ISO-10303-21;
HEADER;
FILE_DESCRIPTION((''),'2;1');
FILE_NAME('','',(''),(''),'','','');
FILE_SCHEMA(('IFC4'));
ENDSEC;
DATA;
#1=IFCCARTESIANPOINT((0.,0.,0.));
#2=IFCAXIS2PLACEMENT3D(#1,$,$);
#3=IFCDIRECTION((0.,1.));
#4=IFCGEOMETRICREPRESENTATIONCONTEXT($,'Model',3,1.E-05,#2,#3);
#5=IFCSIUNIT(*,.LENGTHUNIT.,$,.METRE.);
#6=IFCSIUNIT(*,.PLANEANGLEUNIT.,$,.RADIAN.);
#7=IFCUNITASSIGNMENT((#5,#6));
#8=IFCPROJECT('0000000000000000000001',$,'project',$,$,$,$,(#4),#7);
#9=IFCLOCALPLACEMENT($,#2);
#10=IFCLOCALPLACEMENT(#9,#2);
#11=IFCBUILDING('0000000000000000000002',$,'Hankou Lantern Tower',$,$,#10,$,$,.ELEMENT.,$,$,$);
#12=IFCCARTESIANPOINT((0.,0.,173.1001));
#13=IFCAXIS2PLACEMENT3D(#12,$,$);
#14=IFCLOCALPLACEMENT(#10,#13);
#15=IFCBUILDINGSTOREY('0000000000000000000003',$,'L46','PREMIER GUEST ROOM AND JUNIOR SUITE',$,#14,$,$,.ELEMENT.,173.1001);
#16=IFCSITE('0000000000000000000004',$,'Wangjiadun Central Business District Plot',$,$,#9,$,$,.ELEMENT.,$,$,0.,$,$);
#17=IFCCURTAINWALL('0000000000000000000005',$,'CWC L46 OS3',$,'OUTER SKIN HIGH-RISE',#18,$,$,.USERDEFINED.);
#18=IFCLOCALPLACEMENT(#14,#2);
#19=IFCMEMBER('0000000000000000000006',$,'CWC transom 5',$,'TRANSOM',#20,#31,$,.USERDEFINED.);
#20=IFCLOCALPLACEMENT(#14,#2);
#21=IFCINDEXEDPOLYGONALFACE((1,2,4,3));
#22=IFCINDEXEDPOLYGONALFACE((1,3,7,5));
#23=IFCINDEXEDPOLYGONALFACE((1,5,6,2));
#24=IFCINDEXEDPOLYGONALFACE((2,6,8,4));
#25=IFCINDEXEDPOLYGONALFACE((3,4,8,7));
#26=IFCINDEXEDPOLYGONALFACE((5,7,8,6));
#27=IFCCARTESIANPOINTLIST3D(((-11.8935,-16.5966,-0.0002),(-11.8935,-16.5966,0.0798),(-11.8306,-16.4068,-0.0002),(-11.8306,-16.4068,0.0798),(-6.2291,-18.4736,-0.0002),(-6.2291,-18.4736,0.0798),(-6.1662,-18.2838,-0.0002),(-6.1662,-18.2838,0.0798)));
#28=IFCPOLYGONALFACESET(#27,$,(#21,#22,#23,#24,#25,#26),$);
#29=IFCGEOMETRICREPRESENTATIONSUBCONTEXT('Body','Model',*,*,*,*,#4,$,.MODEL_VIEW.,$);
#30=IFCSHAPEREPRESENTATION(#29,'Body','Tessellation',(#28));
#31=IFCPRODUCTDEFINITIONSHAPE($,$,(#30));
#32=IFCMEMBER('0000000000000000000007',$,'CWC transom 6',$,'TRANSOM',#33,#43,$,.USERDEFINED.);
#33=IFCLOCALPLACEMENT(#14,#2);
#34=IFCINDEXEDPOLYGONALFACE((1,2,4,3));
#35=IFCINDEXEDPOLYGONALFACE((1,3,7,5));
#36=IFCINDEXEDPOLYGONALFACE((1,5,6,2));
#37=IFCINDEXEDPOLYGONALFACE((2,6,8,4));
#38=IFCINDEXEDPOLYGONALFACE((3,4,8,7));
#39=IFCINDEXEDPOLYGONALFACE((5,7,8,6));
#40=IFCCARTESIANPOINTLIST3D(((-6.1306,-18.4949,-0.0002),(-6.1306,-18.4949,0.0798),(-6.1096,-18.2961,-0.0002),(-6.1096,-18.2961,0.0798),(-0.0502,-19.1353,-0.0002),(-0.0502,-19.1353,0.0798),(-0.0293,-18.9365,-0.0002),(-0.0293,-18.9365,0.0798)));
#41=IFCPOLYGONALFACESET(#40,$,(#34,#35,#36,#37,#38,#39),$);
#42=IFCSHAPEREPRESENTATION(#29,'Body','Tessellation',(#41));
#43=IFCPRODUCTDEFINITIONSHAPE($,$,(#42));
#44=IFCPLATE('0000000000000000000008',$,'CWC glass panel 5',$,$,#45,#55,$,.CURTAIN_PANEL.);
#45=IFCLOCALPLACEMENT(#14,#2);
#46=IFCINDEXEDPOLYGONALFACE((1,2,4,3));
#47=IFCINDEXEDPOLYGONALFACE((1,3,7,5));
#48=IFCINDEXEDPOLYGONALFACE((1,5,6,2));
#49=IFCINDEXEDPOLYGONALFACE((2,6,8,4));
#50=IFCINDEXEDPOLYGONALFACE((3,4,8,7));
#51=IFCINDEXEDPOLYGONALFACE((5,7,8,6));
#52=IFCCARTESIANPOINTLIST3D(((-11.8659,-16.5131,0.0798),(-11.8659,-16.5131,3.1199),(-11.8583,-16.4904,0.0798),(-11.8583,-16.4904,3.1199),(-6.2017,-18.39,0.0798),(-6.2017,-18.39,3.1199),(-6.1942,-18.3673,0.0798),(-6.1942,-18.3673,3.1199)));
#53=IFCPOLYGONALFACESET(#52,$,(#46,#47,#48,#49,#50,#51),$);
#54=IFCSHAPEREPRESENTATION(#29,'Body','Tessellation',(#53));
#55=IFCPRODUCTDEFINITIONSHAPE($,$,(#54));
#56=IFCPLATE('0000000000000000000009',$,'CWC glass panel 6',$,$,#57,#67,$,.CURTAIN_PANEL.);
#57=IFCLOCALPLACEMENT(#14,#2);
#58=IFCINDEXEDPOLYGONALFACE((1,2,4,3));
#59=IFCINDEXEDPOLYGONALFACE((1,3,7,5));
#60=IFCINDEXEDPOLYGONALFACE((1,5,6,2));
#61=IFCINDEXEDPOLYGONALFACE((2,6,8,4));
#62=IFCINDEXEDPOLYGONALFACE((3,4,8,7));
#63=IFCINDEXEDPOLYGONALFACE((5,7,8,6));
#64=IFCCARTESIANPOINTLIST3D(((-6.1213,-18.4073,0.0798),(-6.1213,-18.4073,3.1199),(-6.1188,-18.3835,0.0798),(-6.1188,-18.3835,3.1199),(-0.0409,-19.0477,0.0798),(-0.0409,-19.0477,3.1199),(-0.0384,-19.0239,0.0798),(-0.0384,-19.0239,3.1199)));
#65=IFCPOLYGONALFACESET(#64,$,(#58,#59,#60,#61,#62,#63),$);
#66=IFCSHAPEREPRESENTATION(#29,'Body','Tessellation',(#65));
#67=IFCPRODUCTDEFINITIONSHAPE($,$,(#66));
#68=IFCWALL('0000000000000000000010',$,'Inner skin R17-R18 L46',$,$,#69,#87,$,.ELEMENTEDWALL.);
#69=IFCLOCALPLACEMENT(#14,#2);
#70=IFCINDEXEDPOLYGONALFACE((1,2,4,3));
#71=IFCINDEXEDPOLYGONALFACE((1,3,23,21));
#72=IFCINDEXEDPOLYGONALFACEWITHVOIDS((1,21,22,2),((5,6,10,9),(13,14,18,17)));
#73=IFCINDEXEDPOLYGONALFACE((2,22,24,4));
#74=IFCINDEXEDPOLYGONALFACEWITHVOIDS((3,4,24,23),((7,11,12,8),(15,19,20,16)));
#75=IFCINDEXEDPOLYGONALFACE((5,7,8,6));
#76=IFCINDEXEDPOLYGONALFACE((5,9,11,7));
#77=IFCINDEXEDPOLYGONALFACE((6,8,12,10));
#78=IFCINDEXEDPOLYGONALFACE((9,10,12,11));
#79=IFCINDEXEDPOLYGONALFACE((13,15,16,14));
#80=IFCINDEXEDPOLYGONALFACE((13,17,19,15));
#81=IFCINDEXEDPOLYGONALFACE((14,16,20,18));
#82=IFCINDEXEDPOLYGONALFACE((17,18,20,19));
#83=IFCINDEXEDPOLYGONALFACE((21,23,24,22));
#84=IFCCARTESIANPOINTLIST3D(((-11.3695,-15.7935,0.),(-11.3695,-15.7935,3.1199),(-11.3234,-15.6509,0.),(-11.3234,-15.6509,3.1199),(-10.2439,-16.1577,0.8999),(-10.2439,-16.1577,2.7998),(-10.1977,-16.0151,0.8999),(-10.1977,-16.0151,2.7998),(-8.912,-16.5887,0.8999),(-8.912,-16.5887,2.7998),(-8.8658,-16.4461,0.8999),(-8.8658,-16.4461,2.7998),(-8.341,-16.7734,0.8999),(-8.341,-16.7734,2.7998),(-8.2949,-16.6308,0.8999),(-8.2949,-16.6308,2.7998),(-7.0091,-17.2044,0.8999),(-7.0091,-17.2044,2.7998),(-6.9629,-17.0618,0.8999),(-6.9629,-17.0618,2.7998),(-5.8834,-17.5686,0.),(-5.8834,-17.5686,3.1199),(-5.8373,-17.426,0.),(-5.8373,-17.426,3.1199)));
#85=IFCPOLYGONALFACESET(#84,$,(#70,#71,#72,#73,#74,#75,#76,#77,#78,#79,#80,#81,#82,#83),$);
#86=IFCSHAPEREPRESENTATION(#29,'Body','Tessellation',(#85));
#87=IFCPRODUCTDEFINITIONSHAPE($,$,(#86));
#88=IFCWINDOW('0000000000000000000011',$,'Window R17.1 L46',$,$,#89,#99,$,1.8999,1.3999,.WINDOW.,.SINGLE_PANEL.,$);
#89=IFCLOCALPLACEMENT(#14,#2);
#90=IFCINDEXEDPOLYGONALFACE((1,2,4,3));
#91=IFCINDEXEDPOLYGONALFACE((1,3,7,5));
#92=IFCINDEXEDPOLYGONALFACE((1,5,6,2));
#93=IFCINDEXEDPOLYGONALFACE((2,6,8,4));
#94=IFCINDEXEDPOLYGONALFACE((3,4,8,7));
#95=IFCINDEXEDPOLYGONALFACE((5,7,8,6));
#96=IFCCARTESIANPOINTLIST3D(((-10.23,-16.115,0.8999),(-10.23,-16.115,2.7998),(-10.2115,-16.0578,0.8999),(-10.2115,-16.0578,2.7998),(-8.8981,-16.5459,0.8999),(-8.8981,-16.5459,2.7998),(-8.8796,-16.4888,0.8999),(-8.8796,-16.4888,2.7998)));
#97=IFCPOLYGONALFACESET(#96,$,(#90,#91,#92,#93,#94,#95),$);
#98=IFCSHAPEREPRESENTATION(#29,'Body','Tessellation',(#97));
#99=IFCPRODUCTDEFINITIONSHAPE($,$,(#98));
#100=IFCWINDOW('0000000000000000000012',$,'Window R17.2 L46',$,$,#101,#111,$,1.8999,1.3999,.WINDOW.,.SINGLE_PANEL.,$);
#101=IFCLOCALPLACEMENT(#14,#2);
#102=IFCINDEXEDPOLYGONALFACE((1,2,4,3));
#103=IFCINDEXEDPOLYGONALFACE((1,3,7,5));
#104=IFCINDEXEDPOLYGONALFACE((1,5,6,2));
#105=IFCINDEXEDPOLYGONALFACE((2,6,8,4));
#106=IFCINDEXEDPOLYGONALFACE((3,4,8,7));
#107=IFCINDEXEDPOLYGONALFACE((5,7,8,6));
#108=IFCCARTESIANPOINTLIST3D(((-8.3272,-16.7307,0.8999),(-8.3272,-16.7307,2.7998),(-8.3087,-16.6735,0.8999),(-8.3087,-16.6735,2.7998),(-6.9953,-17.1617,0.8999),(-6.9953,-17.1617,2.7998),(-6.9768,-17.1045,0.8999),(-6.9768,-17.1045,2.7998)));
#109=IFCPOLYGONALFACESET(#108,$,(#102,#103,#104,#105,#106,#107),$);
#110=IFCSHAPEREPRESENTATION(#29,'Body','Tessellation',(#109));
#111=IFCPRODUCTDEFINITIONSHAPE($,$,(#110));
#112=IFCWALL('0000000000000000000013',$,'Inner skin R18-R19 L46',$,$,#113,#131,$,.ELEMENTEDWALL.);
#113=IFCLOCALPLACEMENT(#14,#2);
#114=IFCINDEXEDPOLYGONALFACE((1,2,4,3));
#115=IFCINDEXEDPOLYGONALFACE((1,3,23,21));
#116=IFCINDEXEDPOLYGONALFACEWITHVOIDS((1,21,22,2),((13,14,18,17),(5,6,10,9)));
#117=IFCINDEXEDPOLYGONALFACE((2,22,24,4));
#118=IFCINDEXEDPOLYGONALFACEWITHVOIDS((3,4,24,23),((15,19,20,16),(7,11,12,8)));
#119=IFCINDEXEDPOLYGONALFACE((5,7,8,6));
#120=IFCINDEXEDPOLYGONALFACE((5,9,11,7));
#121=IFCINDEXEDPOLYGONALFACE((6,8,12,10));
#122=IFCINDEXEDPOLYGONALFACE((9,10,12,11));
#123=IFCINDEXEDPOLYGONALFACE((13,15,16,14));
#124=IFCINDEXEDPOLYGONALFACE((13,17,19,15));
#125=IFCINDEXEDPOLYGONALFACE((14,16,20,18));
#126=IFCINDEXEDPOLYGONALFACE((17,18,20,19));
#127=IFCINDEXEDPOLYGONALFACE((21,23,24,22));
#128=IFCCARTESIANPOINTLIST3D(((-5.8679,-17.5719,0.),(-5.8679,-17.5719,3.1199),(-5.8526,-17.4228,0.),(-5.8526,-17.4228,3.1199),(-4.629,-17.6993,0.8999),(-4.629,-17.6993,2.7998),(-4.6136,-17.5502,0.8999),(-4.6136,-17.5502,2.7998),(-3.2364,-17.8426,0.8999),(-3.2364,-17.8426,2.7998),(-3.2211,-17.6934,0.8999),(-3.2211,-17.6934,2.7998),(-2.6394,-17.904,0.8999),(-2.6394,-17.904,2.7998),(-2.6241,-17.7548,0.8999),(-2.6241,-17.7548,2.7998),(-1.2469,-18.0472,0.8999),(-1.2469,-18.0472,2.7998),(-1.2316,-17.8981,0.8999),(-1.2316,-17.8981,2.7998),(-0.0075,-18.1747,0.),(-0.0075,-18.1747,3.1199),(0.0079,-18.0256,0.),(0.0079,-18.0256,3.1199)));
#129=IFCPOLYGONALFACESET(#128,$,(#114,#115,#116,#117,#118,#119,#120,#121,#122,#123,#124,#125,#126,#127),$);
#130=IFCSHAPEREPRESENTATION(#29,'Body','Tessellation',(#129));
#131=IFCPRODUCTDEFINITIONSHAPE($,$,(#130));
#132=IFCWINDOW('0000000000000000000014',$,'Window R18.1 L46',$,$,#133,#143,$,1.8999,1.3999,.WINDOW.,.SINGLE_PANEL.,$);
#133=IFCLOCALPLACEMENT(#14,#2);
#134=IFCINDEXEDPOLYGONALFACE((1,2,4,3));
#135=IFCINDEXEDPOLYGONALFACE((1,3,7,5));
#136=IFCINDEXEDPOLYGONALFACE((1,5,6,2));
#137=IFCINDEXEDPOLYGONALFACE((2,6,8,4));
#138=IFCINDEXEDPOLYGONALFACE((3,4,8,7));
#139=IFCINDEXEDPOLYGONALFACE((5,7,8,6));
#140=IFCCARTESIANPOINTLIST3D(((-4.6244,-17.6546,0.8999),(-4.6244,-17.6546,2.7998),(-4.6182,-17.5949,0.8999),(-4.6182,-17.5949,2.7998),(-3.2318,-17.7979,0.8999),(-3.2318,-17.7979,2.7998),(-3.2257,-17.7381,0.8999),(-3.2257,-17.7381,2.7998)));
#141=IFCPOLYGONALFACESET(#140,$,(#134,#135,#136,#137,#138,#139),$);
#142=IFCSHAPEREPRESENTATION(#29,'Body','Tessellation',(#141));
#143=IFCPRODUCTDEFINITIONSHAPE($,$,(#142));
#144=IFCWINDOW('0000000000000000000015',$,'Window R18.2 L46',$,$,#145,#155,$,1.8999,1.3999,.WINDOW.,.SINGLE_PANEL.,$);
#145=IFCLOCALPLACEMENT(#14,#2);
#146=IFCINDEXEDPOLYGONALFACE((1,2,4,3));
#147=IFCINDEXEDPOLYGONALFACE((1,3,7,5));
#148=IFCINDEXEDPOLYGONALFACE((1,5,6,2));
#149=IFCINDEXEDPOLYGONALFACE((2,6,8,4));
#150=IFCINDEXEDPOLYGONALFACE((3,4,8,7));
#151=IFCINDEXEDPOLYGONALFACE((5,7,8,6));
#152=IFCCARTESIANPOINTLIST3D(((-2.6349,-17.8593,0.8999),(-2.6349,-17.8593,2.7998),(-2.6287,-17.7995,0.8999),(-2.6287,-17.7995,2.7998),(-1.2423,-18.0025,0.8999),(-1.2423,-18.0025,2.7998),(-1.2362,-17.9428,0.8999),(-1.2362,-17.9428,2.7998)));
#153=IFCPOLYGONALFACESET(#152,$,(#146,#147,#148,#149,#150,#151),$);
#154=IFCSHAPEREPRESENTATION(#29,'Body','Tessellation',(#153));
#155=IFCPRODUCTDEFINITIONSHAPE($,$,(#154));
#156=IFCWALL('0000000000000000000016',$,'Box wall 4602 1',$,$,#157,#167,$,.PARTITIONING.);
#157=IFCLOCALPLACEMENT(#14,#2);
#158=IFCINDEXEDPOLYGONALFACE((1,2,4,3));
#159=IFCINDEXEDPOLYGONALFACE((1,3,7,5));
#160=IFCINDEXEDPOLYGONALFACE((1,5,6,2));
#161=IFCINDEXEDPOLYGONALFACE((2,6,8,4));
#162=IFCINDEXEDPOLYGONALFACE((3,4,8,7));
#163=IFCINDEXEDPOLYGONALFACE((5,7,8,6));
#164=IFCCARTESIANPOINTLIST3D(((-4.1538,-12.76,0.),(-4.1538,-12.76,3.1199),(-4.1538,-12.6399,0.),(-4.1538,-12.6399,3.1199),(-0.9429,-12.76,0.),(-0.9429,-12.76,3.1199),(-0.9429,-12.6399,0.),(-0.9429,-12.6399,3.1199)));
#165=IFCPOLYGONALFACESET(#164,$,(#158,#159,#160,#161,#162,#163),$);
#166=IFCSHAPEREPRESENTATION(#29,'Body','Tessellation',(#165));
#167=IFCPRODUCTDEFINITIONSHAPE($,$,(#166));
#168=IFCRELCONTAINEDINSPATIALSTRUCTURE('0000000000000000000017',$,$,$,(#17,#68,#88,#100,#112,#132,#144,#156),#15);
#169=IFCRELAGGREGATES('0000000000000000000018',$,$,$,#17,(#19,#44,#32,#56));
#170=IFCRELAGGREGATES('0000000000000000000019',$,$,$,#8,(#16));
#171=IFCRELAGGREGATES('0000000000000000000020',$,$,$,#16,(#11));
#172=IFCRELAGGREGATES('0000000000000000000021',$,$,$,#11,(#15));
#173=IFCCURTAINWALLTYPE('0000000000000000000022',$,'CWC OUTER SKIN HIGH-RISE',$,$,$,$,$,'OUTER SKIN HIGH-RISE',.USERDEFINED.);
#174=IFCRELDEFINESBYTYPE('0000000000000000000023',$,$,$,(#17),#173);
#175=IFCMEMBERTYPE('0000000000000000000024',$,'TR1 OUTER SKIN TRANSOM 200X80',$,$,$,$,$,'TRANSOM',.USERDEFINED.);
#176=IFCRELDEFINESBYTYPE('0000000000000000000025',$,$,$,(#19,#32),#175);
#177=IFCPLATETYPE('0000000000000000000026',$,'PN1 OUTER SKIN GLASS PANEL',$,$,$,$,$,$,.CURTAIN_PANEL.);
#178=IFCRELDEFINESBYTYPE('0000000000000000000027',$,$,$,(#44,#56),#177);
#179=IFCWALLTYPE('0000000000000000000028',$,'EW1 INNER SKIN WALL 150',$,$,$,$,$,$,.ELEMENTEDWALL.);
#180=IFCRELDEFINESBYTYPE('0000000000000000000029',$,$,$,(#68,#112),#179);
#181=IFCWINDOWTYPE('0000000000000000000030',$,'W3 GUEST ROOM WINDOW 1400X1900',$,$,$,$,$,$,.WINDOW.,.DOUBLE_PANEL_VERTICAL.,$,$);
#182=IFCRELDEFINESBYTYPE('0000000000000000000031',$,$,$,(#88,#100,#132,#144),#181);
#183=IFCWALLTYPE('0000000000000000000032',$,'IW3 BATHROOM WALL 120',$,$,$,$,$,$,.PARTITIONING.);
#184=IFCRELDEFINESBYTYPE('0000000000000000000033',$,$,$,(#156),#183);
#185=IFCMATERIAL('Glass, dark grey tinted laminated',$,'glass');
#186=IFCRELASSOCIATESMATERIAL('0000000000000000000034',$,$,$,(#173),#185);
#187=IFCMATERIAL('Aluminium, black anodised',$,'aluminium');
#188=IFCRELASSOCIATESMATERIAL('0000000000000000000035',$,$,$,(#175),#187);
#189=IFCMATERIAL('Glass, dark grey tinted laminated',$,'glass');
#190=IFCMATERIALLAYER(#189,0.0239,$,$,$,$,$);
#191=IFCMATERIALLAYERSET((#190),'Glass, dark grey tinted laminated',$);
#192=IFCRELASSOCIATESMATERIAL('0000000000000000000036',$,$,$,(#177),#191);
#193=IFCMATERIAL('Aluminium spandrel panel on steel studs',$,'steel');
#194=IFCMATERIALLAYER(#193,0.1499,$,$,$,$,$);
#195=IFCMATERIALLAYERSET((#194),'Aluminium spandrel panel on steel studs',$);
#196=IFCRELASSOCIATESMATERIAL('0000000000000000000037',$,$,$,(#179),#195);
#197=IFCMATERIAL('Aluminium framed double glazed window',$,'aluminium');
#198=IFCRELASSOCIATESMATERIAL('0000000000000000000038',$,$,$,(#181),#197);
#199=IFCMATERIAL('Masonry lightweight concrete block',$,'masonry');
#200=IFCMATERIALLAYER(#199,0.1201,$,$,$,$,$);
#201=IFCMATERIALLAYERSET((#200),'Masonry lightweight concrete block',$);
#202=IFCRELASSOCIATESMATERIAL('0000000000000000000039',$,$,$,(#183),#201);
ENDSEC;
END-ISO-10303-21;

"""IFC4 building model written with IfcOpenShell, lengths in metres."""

from ifc_helpers import new_model, si_unit, direction, frame, frame_2d, origin, origin_2d, place, context, subcontext, project, spatial, rectangle, extrude, material, layer, layer_set, material_profile, profile_set, type_object, element, fill, aggregate, save


model = new_model("IFC4")

# Units and contexts
model_context = context("Model", 3, precision=1e-05, world=origin(), true_north=direction((0.0, 1.0)))
body_context = subcontext(model_context, "Body", "Model", "MODEL_VIEW")
ifc_project = project(units=[si_unit("LENGTHUNIT", "METRE"), si_unit("PLANEANGLEUNIT", "RADIAN")], contexts=[model_context])

# Site, building, storey
site_placement = place(None, origin())
site = spatial("IfcSite", under=ifc_project, at=site_placement, Name="Wangjiadun Central Business District Plot", CompositionType="ELEMENT", RefElevation=0.0)
building_placement = place(site_placement, origin())
building = spatial("IfcBuilding", under=site, at=building_placement, Name="Hankou Lantern Tower", CompositionType="ELEMENT")
storey_placement = place(building_placement, frame((0.0, 0.0, 173.1001)))
storey = spatial("IfcBuildingStorey", under=building, at=storey_placement, Name="L46", Description="PREMIER GUEST ROOM AND JUNIOR SUITE", CompositionType="ELEMENT", Elevation=173.1001)

# Curtain wall
ifc_material_1 = material(Name="Glass, dark grey tinted laminated", Category="glass")
curtain_wall_type = type_object("IfcCurtainWallType", Name="CWC OUTER SKIN HIGH-RISE", ElementType="OUTER SKIN HIGH-RISE", PredefinedType="USERDEFINED", material=ifc_material_1)
curtain_wall_placement = place(storey_placement, origin())
curtain_wall = element("IfcCurtainWall", 1, at=curtain_wall_placement, inside=storey, type_object=curtain_wall_type, Name="CWC L46 OS3", ObjectType="OUTER SKIN HIGH-RISE", PredefinedType="USERDEFINED")

# Members
ifc_material_2 = material(Name="Aluminium, black anodised", Category="aluminium")
ifc_material_profile_1 = material_profile(ifc_material_2, rectangle(XDim=0.2, YDim=0.0801, at=origin_2d()), Name="TR1 200X80")
ifc_profile_set_1 = profile_set([ifc_material_profile_1], Name="Aluminium, black anodised")
member_type_1 = type_object("IfcMemberType", Name="TR1 OUTER SKIN TRANSOM 200X80", ElementType="TRANSOM", PredefinedType="USERDEFINED", material=ifc_profile_set_1)
member_1_placement = place(storey_placement, frame((-11.8621, -16.5017, 0.0398), z_axis=(0.949242, -0.314546, 0.0), x_axis=(0.314546, 0.949242, 0.0)))
member_1 = element("IfcMember", 2, at=member_1_placement, type_object=member_type_1, Name="CWC transom 5", ObjectType="TRANSOM", PredefinedType="USERDEFINED", context=body_context, shape_type="SweptSolid", body=[
    extrude(rectangle(XDim=0.2, YDim=0.0801, at=origin_2d()), origin(), (0.0, 0.0, 1.0), 5.9673),
])
member_2_placement = place(storey_placement, frame((-6.1201, -18.3955, 0.0398), z_axis=(0.9945, -0.104741, 0.0), x_axis=(0.104741, 0.9945, 0.0)))
member_2 = element("IfcMember", 3, at=member_2_placement, type_object=member_type_1, Name="CWC transom 6", ObjectType="TRANSOM", PredefinedType="USERDEFINED", context=body_context, shape_type="SweptSolid", body=[
    extrude(rectangle(XDim=0.2, YDim=0.0801, at=origin_2d()), origin(), (0.0, 0.0, 1.0), 6.114),
])

# Plates
ifc_material_3 = material(Name="Glass, dark grey tinted laminated", Category="glass")
ifc_layer_1 = layer(ifc_material_3, 0.0239)
ifc_layer_set_1 = layer_set([ifc_layer_1], Name="Glass, dark grey tinted laminated")
plate_type = type_object("IfcPlateType", Name="PN1 OUTER SKIN GLASS PANEL", PredefinedType="CURTAIN_PANEL", material=ifc_layer_set_1)
plate_1_placement = place(storey_placement, frame((-9.03, -17.4402, 0.0798), z_axis=(0.0, 0.0, 1.0), x_axis=(0.949241, -0.314551, 0.0)))
plate_1 = element("IfcPlate", 4, at=plate_1_placement, type_object=plate_type, Name="CWC glass panel 5", PredefinedType="CURTAIN_PANEL", context=body_context, shape_type="SweptSolid", body=[
    extrude(rectangle(XDim=5.967, YDim=0.0239, at=origin_2d()), origin(), (0.0, 0.0, 1.0), 3.04),
])
plate_2_placement = place(storey_placement, frame((-3.0798, -18.7156, 0.0798), z_axis=(0.0, 0.0, 1.0), x_axis=(0.994499, -0.104743, 0.0)))
plate_2 = element("IfcPlate", 5, at=plate_2_placement, type_object=plate_type, Name="CWC glass panel 6", PredefinedType="CURTAIN_PANEL", context=body_context, shape_type="SweptSolid", body=[
    extrude(rectangle(XDim=6.114, YDim=0.0239, at=origin_2d()), origin(), (0.0, 0.0, 1.0), 3.04),
])
aggregate(curtain_wall, [member_1, plate_1, member_2, plate_2])

# Walls, openings, windows
ifc_material_4 = material(Name="Aluminium spandrel panel on steel studs", Category="steel")
ifc_layer_2 = layer(ifc_material_4, 0.1499)
ifc_layer_set_2 = layer_set([ifc_layer_2], Name="Aluminium spandrel panel on steel studs")
wall_type_1 = type_object("IfcWallType", Name="EW1 INNER SKIN WALL 150", PredefinedType="ELEMENTEDWALL", material=ifc_layer_set_2)
wall_1_placement = place(storey_placement, frame((-11.3464, -15.7222, 0.0), z_axis=(0.0, 0.0, 1.0), x_axis=(0.951432, -0.307857, 0.0)))
wall_1 = element("IfcWall", 6, at=wall_1_placement, inside=storey, type_object=wall_type_1, Name="Inner skin R17-R18 L46", PredefinedType="ELEMENTEDWALL", context=body_context, shape_type="SweptSolid", body=[
    extrude(rectangle(XDim=5.7661, YDim=0.1499, at=frame_2d((2.8831, 0.0))), origin(), (0.0, 0.0, 1.0), 3.1199),
])
opening_1_placement = place(wall_1_placement, frame((1.1831, 0.0, 0.8999)))
opening_1 = element("IfcOpeningElement", 7, at=opening_1_placement, cuts=wall_1, PredefinedType="OPENING", context=body_context, shape_type="SweptSolid", body=[
    extrude(rectangle(XDim=1.3999, YDim=1.8999, at=frame_2d((0.7, 0.95))), frame((0.0, 0.085, 0.0), z_axis=(0.0, -1.0, 0.0), x_axis=(1.0, 0.0, 0.0)), (0.0, 0.0, 1.0), 0.1699),
])
opening_2_placement = place(wall_1_placement, frame((3.1831, 0.0, 0.8999)))
opening_2 = element("IfcOpeningElement", 8, at=opening_2_placement, cuts=wall_1, PredefinedType="OPENING", context=body_context, shape_type="SweptSolid", body=[
    extrude(rectangle(XDim=1.3999, YDim=1.8999, at=frame_2d((0.7, 0.95))), frame((0.0, 0.085, 0.0), z_axis=(0.0, -1.0, 0.0), x_axis=(1.0, 0.0, 0.0)), (0.0, 0.0, 1.0), 0.1699),
])
ifc_material_5 = material(Name="Aluminium framed double glazed window", Category="aluminium")
window_type = type_object("IfcWindowType", Name="W3 GUEST ROOM WINDOW 1400X1900", PartitioningType="DOUBLE_PANEL_VERTICAL", PredefinedType="WINDOW", material=ifc_material_5)
window_1_placement = place(opening_1_placement, origin())
window_1 = element("IfcWindow", 9, at=window_1_placement, inside=storey, type_object=window_type, Name="Window R17.1 L46", OverallHeight=1.8999, OverallWidth=1.3999, PartitioningType="SINGLE_PANEL", PredefinedType="WINDOW", context=body_context, shape_type="SweptSolid", body=[
    extrude(rectangle(XDim=1.3999, YDim=1.8999, at=frame_2d((0.7, 0.95))), frame((0.0, 0.03, 0.0), z_axis=(0.0, -1.0, 0.0), x_axis=(1.0, 0.0, 0.0)), (0.0, 0.0, 1.0), 0.0601),
])
fill(opening_1, window_1)
window_2_placement = place(opening_2_placement, origin())
window_2 = element("IfcWindow", 10, at=window_2_placement, inside=storey, type_object=window_type, Name="Window R17.2 L46", OverallHeight=1.8999, OverallWidth=1.3999, PartitioningType="SINGLE_PANEL", PredefinedType="WINDOW", context=body_context, shape_type="SweptSolid", body=[
    extrude(rectangle(XDim=1.3999, YDim=1.8999, at=frame_2d((0.7, 0.95))), frame((0.0, 0.03, 0.0), z_axis=(0.0, -1.0, 0.0), x_axis=(1.0, 0.0, 0.0)), (0.0, 0.0, 1.0), 0.0601),
])
fill(opening_2, window_2)
wall_2_placement = place(storey_placement, frame((-5.8604, -17.4973, 0.0), z_axis=(0.0, 0.0, 1.0), x_axis=(0.994752, -0.102318, 0.0)))
wall_2 = element("IfcWall", 11, at=wall_2_placement, inside=storey, type_object=wall_type_1, Name="Inner skin R18-R19 L46", PredefinedType="ELEMENTEDWALL", context=body_context, shape_type="SweptSolid", body=[
    extrude(rectangle(XDim=5.8914, YDim=0.1499, at=frame_2d((2.9458, 0.0))), origin(), (0.0, 0.0, 1.0), 3.1199),
])
opening_3_placement = place(wall_2_placement, frame((1.2456, 0.0, 0.8999)))
opening_3 = element("IfcOpeningElement", 12, at=opening_3_placement, cuts=wall_2, PredefinedType="OPENING", context=body_context, shape_type="SweptSolid", body=[
    extrude(rectangle(XDim=1.3999, YDim=1.8999, at=frame_2d((0.7, 0.95))), frame((0.0, 0.085, 0.0), z_axis=(0.0, -1.0, 0.0), x_axis=(1.0, 0.0, 0.0)), (0.0, 0.0, 1.0), 0.1699),
])
opening_4_placement = place(wall_2_placement, frame((3.2456, 0.0, 0.8999)))
opening_4 = element("IfcOpeningElement", 13, at=opening_4_placement, cuts=wall_2, PredefinedType="OPENING", context=body_context, shape_type="SweptSolid", body=[
    extrude(rectangle(XDim=1.3999, YDim=1.8999, at=frame_2d((0.7, 0.95))), frame((0.0, 0.085, 0.0), z_axis=(0.0, -1.0, 0.0), x_axis=(1.0, 0.0, 0.0)), (0.0, 0.0, 1.0), 0.1699),
])
window_3_placement = place(opening_3_placement, origin())
window_3 = element("IfcWindow", 14, at=window_3_placement, inside=storey, type_object=window_type, Name="Window R18.1 L46", OverallHeight=1.8999, OverallWidth=1.3999, PartitioningType="SINGLE_PANEL", PredefinedType="WINDOW", context=body_context, shape_type="SweptSolid", body=[
    extrude(rectangle(XDim=1.3999, YDim=1.8999, at=frame_2d((0.7, 0.95))), frame((0.0, 0.03, 0.0), z_axis=(0.0, -1.0, 0.0), x_axis=(1.0, 0.0, 0.0)), (0.0, 0.0, 1.0), 0.0601),
])
fill(opening_3, window_3)
window_4_placement = place(opening_4_placement, origin())
window_4 = element("IfcWindow", 15, at=window_4_placement, inside=storey, type_object=window_type, Name="Window R18.2 L46", OverallHeight=1.8999, OverallWidth=1.3999, PartitioningType="SINGLE_PANEL", PredefinedType="WINDOW", context=body_context, shape_type="SweptSolid", body=[
    extrude(rectangle(XDim=1.3999, YDim=1.8999, at=frame_2d((0.7, 0.95))), frame((0.0, 0.03, 0.0), z_axis=(0.0, -1.0, 0.0), x_axis=(1.0, 0.0, 0.0)), (0.0, 0.0, 1.0), 0.0601),
])
fill(opening_4, window_4)

# Wall
ifc_material_6 = material(Name="Masonry lightweight concrete block", Category="masonry")
ifc_layer_3 = layer(ifc_material_6, 0.1201)
ifc_layer_set_3 = layer_set([ifc_layer_3], Name="Masonry lightweight concrete block")
wall_type_2 = type_object("IfcWallType", Name="IW3 BATHROOM WALL 120", PredefinedType="PARTITIONING", material=ifc_layer_set_3)
wall_3_placement = place(storey_placement, frame((-4.1538, -12.7, 0.0), z_axis=(0.0, 0.0, 1.0), x_axis=(1.0, 0.0, 0.0)))
element("IfcWall", 16, at=wall_3_placement, inside=storey, type_object=wall_type_2, Name="Box wall 4602 1", PredefinedType="PARTITIONING", context=body_context, shape_type="SweptSolid", body=[
    extrude(rectangle(XDim=3.2109, YDim=0.1201, at=frame_2d((1.6055, 0.0))), origin(), (0.0, 0.0, 1.0), 3.1199),
])

save(model, "model.ifc")
